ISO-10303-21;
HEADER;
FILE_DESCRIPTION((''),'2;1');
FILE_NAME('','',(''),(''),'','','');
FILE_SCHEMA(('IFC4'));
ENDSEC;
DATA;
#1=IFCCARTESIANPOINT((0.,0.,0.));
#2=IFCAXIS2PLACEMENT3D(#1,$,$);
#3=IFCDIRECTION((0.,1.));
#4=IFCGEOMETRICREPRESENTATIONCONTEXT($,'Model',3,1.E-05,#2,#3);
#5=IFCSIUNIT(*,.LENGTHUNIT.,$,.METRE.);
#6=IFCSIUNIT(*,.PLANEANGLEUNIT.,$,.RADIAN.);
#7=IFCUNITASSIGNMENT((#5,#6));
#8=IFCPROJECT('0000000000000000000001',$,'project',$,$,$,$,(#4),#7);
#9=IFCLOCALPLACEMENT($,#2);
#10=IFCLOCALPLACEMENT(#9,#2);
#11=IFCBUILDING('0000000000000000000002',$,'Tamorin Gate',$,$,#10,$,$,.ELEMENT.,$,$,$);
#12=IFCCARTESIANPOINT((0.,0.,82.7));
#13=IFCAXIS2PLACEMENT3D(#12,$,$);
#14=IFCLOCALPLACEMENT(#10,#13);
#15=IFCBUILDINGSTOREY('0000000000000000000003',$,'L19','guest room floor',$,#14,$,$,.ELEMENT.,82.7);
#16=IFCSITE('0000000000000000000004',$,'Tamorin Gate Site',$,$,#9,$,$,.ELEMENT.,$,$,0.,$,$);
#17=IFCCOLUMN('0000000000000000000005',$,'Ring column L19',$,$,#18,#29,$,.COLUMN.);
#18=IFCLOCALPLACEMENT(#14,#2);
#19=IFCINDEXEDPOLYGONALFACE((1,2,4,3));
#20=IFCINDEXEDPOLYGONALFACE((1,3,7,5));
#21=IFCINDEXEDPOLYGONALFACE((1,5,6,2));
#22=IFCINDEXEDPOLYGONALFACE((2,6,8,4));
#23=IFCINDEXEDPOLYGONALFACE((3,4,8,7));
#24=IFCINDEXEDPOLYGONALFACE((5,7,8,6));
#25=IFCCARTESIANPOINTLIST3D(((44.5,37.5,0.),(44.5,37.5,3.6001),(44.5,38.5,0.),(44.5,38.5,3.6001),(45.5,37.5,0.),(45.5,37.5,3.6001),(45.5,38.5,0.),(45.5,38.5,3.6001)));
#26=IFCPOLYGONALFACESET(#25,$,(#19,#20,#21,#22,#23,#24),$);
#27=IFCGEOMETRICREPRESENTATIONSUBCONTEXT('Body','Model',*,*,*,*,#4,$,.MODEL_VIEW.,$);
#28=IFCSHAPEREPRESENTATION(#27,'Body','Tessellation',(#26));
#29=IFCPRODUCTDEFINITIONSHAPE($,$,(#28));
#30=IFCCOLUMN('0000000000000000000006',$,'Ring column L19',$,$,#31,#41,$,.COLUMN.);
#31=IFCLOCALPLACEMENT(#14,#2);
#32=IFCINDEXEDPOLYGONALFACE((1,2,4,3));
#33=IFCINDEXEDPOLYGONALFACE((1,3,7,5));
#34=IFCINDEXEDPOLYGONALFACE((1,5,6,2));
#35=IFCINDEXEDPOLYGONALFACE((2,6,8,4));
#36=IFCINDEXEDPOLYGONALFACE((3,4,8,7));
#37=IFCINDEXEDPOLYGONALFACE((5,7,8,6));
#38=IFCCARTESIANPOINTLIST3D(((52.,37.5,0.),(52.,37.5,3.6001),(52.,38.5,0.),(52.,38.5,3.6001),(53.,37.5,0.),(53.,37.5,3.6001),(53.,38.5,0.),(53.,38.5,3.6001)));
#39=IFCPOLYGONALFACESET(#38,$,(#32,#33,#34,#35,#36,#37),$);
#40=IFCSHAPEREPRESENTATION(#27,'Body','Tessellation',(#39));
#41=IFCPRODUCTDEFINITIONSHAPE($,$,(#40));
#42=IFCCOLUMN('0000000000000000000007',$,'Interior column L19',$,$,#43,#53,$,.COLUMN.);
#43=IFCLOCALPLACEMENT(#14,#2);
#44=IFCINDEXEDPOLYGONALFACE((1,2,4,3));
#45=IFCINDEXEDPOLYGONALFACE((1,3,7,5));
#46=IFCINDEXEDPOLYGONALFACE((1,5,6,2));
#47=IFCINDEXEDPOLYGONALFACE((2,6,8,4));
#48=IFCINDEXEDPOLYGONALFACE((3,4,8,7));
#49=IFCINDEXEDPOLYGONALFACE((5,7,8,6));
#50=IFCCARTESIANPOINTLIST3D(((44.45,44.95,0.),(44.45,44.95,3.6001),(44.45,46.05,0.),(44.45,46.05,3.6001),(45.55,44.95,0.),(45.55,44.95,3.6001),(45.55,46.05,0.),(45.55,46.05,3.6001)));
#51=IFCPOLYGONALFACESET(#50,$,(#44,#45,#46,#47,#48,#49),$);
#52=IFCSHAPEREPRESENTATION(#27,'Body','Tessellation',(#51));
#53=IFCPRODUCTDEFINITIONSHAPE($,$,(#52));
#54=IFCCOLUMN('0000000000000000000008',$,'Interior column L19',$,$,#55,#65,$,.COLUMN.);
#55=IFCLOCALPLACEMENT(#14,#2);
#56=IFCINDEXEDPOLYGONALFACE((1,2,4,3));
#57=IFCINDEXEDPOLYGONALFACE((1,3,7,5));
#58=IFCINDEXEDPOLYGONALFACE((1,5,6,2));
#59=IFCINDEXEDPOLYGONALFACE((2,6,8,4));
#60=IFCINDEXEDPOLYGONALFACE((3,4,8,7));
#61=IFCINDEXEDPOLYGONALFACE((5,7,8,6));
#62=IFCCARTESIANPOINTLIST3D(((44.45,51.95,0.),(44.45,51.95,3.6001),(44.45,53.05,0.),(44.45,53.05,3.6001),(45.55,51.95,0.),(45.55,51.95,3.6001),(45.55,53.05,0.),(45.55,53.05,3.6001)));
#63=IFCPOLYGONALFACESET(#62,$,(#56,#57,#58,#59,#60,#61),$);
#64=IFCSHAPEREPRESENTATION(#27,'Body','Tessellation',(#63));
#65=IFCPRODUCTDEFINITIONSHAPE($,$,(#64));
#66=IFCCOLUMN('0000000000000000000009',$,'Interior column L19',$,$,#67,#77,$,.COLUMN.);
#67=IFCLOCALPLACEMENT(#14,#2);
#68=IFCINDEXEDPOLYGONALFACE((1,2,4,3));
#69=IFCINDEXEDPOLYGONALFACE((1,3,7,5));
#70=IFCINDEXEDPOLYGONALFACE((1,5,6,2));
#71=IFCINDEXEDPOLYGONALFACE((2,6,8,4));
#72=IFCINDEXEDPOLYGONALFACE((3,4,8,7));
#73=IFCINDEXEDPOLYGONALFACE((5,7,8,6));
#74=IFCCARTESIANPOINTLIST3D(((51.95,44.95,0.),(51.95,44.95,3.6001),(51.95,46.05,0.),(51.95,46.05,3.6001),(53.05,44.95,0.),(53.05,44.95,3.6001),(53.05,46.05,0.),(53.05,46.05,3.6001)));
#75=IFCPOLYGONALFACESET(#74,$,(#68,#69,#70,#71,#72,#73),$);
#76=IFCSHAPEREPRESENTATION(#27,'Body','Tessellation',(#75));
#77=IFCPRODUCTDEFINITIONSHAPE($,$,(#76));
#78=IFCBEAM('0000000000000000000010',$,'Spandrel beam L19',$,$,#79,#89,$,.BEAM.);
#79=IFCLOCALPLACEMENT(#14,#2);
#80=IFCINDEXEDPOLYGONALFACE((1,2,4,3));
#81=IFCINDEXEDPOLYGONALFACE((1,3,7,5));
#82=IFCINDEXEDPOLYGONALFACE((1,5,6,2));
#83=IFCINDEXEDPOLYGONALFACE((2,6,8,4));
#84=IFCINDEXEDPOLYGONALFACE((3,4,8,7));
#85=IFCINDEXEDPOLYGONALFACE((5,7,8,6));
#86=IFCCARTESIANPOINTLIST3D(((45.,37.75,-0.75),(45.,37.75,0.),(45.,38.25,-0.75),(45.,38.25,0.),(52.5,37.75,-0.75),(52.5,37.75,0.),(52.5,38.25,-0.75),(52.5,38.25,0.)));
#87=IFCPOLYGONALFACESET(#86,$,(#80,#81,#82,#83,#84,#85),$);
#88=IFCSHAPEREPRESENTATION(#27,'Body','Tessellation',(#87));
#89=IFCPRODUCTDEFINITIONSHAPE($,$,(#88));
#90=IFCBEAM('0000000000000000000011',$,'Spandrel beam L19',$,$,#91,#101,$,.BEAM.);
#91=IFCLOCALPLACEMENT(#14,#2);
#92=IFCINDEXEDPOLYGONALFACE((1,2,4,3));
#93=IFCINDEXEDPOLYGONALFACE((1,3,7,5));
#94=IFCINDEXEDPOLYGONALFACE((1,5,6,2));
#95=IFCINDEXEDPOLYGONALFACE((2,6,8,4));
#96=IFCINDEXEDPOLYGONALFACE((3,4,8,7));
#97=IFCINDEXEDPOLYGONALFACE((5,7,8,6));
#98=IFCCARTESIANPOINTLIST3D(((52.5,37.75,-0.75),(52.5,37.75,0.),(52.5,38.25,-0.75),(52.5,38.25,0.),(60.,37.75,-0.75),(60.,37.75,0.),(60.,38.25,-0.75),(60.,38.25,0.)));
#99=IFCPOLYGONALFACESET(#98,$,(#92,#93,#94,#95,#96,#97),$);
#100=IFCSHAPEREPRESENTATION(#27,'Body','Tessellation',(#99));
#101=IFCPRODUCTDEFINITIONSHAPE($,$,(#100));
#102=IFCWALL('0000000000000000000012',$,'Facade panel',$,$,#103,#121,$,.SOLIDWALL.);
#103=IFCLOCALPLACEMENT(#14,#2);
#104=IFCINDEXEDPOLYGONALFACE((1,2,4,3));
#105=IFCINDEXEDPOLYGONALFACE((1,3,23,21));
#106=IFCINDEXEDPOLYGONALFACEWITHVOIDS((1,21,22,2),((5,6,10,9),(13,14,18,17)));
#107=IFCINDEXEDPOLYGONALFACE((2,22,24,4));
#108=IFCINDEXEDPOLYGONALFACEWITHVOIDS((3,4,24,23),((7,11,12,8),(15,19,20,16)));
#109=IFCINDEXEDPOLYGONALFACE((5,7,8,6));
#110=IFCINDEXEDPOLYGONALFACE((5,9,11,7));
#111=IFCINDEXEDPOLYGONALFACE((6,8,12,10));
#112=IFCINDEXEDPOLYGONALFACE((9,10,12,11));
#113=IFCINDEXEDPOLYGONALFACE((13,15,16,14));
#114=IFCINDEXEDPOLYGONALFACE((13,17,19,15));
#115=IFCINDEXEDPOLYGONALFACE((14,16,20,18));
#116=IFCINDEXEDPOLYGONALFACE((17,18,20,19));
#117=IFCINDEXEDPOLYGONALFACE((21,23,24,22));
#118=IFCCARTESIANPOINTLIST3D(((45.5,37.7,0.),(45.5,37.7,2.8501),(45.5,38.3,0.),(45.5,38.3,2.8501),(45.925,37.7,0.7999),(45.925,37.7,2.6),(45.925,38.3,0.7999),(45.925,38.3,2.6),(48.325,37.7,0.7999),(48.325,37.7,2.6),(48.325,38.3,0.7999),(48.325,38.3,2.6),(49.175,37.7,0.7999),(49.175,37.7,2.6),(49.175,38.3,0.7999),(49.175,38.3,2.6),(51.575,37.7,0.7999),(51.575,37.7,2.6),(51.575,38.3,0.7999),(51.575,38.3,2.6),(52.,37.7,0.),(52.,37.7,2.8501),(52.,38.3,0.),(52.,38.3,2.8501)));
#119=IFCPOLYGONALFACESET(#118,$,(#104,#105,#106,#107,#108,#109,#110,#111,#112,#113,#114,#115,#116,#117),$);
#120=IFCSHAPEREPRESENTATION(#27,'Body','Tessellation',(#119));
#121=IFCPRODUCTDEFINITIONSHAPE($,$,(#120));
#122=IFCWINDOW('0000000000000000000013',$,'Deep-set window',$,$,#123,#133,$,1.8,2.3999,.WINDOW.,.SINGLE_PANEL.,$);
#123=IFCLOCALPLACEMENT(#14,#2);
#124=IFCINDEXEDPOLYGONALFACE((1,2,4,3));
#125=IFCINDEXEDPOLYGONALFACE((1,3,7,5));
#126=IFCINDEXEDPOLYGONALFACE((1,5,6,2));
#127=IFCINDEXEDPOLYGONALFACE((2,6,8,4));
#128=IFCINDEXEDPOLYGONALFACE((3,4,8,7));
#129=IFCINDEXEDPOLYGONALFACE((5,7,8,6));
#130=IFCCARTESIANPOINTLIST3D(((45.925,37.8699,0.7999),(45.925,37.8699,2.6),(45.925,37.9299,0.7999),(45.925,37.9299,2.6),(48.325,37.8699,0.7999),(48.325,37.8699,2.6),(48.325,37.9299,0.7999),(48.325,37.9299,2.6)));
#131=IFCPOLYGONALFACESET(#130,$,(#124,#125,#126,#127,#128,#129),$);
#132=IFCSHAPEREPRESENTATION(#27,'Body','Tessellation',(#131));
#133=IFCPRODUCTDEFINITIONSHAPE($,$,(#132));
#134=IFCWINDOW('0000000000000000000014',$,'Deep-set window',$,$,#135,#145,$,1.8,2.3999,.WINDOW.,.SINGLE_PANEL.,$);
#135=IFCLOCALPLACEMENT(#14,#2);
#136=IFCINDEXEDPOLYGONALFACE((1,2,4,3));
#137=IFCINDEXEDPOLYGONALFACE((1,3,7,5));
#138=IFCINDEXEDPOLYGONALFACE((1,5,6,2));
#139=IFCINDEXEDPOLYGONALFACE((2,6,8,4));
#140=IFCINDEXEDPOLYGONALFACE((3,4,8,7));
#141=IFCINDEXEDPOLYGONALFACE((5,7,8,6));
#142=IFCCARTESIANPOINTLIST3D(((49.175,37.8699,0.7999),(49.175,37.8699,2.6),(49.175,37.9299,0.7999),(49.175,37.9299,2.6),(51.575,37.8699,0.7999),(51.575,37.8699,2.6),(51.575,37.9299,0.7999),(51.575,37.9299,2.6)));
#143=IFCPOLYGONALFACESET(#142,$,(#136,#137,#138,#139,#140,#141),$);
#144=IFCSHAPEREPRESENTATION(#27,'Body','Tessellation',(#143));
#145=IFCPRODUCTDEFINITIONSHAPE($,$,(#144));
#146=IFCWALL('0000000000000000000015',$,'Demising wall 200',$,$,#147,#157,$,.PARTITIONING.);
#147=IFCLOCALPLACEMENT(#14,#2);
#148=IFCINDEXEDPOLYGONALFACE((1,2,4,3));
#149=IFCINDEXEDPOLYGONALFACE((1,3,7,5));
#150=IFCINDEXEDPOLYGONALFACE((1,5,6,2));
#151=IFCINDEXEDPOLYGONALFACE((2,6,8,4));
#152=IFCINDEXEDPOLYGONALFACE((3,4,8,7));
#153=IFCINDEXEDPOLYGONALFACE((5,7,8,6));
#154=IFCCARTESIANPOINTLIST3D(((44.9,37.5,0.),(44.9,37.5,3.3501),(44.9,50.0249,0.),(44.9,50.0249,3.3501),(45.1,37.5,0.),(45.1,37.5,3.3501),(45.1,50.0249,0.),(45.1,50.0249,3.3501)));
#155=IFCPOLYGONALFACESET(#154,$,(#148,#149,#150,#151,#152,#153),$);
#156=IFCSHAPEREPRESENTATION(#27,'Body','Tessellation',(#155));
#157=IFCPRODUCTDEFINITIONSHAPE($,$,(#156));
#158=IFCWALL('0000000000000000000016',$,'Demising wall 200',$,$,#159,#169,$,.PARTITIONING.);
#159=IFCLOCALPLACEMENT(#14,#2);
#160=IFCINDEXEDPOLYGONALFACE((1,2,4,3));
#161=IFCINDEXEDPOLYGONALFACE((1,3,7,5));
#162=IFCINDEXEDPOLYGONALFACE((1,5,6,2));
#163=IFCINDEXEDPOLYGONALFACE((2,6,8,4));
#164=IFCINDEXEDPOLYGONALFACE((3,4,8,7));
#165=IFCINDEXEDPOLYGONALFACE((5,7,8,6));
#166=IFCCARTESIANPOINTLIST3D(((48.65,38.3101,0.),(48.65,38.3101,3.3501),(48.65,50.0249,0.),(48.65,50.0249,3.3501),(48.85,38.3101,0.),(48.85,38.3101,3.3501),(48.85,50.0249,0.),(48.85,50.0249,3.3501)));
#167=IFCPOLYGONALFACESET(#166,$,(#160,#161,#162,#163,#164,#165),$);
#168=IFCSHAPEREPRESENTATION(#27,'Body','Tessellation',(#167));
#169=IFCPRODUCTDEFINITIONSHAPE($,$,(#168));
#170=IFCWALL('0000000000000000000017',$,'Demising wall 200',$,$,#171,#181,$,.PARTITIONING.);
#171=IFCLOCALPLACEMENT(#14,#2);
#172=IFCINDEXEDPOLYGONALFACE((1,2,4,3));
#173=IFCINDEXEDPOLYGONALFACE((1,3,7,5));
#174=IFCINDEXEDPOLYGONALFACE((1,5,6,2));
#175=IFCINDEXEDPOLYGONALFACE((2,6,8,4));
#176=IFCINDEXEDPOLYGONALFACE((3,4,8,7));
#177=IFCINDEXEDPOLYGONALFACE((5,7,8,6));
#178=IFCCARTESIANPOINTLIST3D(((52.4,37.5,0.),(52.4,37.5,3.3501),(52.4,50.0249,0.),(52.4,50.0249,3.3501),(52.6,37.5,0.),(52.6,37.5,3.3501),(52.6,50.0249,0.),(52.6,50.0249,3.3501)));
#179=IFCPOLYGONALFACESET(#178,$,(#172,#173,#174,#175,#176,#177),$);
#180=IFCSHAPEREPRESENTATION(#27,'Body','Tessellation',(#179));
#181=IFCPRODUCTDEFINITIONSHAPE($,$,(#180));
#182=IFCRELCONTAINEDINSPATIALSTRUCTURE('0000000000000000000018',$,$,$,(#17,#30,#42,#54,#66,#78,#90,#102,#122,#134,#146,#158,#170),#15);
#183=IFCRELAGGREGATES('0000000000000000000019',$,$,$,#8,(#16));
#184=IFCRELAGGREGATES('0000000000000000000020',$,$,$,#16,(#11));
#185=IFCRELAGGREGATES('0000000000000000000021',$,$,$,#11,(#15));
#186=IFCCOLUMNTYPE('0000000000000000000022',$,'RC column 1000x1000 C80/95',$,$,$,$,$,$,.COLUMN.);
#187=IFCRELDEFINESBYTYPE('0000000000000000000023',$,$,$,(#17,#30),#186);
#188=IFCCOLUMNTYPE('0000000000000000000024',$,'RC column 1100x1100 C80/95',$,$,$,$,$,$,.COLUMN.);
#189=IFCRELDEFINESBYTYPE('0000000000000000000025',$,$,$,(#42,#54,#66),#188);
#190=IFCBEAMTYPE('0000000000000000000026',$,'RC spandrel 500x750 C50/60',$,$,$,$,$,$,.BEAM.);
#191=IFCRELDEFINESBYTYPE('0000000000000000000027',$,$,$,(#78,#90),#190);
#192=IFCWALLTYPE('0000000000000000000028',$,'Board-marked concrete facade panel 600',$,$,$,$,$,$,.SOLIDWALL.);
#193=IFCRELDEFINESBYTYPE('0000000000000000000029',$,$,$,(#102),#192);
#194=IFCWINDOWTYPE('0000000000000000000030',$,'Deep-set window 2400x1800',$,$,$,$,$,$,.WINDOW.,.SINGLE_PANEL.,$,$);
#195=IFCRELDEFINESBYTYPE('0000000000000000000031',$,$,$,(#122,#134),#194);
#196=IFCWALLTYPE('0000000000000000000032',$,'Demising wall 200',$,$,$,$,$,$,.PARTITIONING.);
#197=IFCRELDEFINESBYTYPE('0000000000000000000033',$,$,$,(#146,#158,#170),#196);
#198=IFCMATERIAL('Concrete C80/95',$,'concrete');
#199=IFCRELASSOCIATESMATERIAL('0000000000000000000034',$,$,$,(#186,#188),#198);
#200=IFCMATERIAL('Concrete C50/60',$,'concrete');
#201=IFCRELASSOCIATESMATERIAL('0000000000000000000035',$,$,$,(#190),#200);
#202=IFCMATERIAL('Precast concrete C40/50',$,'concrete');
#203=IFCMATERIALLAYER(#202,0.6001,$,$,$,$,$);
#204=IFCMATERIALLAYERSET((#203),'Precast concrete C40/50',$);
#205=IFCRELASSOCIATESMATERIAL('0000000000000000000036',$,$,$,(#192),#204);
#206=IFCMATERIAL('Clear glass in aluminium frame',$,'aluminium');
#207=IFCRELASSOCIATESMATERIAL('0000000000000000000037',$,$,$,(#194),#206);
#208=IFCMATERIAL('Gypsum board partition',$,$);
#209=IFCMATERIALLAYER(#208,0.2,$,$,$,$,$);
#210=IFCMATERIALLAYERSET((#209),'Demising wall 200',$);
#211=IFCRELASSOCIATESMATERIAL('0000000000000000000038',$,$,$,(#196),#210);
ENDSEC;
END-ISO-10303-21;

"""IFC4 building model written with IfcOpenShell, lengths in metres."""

from ifc_helpers import new_model, si_unit, direction, frame, frame_2d, origin, origin_2d, place, context, subcontext, project, spatial, rectangle, extrude, material, layer, layer_set, material_profile, profile_set, type_object, element, fill, save


model = new_model("IFC4")

# Units and contexts
model_context = context("Model", 3, precision=1e-05, world=origin(), true_north=direction((0.0, 1.0)))
body_context = subcontext(model_context, "Body", "Model", "MODEL_VIEW")
ifc_project = project(units=[si_unit("LENGTHUNIT", "METRE"), si_unit("PLANEANGLEUNIT", "RADIAN")], contexts=[model_context])

# Site, building, storey
site_placement = place(None, origin())
site = spatial("IfcSite", under=ifc_project, at=site_placement, Name="Tamorin Gate Site", CompositionType="ELEMENT", RefElevation=0.0)
building_placement = place(site_placement, origin())
building = spatial("IfcBuilding", under=site, at=building_placement, Name="Tamorin Gate", CompositionType="ELEMENT")
storey_placement = place(building_placement, frame((0.0, 0.0, 82.7)))
storey = spatial("IfcBuildingStorey", under=building, at=storey_placement, Name="L19", Description="guest room floor", CompositionType="ELEMENT", Elevation=82.7)

# Columns
ifc_material_1 = material(Name="Concrete C80/95", Category="concrete")
ifc_material_profile_1 = material_profile(ifc_material_1, rectangle(XDim=1.0, YDim=1.0, at=origin_2d()), Name="RC 1000x1000")
ifc_profile_set_1 = profile_set([ifc_material_profile_1], Name="Concrete C80/95")
column_type_1 = type_object("IfcColumnType", Name="RC column 1000x1000 C80/95", PredefinedType="COLUMN", material=ifc_profile_set_1)
for number, where, z_axis, x_axis, name in (
    (1, (45.0, 38.0, 0.0), (0.0, 0.0, 1.0), (1.0, 0.0, 0.0), "Ring column L19"),
    (2, (52.5, 38.0, 0.0), (0.0, 0.0, 1.0), (1.0, 0.0, 0.0), "Ring column L19"),
):
    element("IfcColumn", number, at=place(storey_placement, frame(where, z_axis=z_axis, x_axis=x_axis)), inside=storey, type_object=column_type_1, Name=name, PredefinedType="COLUMN", context=body_context, shape_type="SweptSolid", body=[
        extrude(rectangle(XDim=1.0, YDim=1.0, at=origin_2d()), origin(), (0.0, 0.0, 1.0), 3.6001),
    ])
ifc_material_profile_2 = material_profile(ifc_material_1, rectangle(XDim=1.1001, YDim=1.1001, at=origin_2d()), Name="RC 1100x1100")
ifc_profile_set_2 = profile_set([ifc_material_profile_2], Name="Concrete C80/95")
column_type_2 = type_object("IfcColumnType", Name="RC column 1100x1100 C80/95", PredefinedType="COLUMN", material=ifc_profile_set_2)
for number, where, z_axis, x_axis, name in (
    (3, (45.0, 45.5, 0.0), (0.0, 0.0, 1.0), (1.0, 0.0, 0.0), "Interior column L19"),
    (4, (45.0, 52.5, 0.0), (0.0, 0.0, 1.0), (1.0, 0.0, 0.0), "Interior column L19"),
    (5, (52.5, 45.5, 0.0), (0.0, 0.0, 1.0), (1.0, 0.0, 0.0), "Interior column L19"),
):
    element("IfcColumn", number, at=place(storey_placement, frame(where, z_axis=z_axis, x_axis=x_axis)), inside=storey, type_object=column_type_2, Name=name, PredefinedType="COLUMN", context=body_context, shape_type="SweptSolid", body=[
        extrude(rectangle(XDim=1.1001, YDim=1.1001, at=origin_2d()), origin(), (0.0, 0.0, 1.0), 3.6001),
    ])

# Beams
ifc_material_2 = material(Name="Concrete C50/60", Category="concrete")
ifc_material_profile_3 = material_profile(ifc_material_2, rectangle(XDim=0.5, YDim=0.75, at=origin_2d()), Name="RC 500x750")
ifc_profile_set_3 = profile_set([ifc_material_profile_3], Name="Concrete C50/60")
beam_type = type_object("IfcBeamType", Name="RC spandrel 500x750 C50/60", PredefinedType="BEAM", material=ifc_profile_set_3)
for number, where, z_axis, x_axis, name in (
    (6, (45.0, 38.0, -0.375), (1.0, 0.0, 0.0), (0.0, 1.0, 0.0), "Spandrel beam L19"),
    (7, (52.5, 38.0, -0.375), (1.0, 0.0, 0.0), (0.0, 1.0, 0.0), "Spandrel beam L19"),
):
    element("IfcBeam", number, at=place(storey_placement, frame(where, z_axis=z_axis, x_axis=x_axis)), inside=storey, type_object=beam_type, Name=name, PredefinedType="BEAM", context=body_context, shape_type="SweptSolid", body=[
        extrude(rectangle(XDim=0.5, YDim=0.75, at=origin_2d()), origin(), (0.0, 0.0, 1.0), 7.5),
    ])

# Wall, openings, windows
ifc_material_3 = material(Name="Precast concrete C40/50", Category="concrete")
ifc_layer_1 = layer(ifc_material_3, 0.6001)
ifc_layer_set_1 = layer_set([ifc_layer_1], Name="Precast concrete C40/50")
wall_type_1 = type_object("IfcWallType", Name="Board-marked concrete facade panel 600", PredefinedType="SOLIDWALL", material=ifc_layer_set_1)
wall_1_placement = place(storey_placement, frame((45.5, 38.0, 0.0), z_axis=(0.0, 0.0, 1.0), x_axis=(1.0, 0.0, 0.0)))
wall_1 = element("IfcWall", 8, at=wall_1_placement, inside=storey, type_object=wall_type_1, Name="Facade panel", PredefinedType="SOLIDWALL", context=body_context, shape_type="SweptSolid", body=[
    extrude(rectangle(XDim=6.5, YDim=0.6001, at=frame_2d((3.25, 0.0))), origin(), (0.0, 0.0, 1.0), 2.8501),
])
opening_1_placement = place(wall_1_placement, frame((0.425, 0.0, 0.8)))
opening_1 = element("IfcOpeningElement", 9, at=opening_1_placement, cuts=wall_1, PredefinedType="OPENING", context=body_context, shape_type="SweptSolid", body=[
    extrude(rectangle(XDim=2.3999, YDim=1.8, at=frame_2d((1.2, 0.8999))), frame((0.0, 0.3101, 0.0), z_axis=(0.0, -1.0, 0.0), x_axis=(1.0, 0.0, 0.0)), (0.0, 0.0, 1.0), 0.6201),
])
opening_2_placement = place(wall_1_placement, frame((3.675, 0.0, 0.8)))
opening_2 = element("IfcOpeningElement", 10, at=opening_2_placement, cuts=wall_1, PredefinedType="OPENING", context=body_context, shape_type="SweptSolid", body=[
    extrude(rectangle(XDim=2.3999, YDim=1.8, at=frame_2d((1.2, 0.8999))), frame((0.0, 0.3101, 0.0), z_axis=(0.0, -1.0, 0.0), x_axis=(1.0, 0.0, 0.0)), (0.0, 0.0, 1.0), 0.6201),
])
ifc_material_4 = material(Name="Clear glass in aluminium frame", Category="aluminium")
window_type = type_object("IfcWindowType", Name="Deep-set window 2400x1800", PartitioningType="SINGLE_PANEL", PredefinedType="WINDOW", material=ifc_material_4)
window_1_placement = place(opening_1_placement, origin())
window_1 = element("IfcWindow", 11, at=window_1_placement, inside=storey, type_object=window_type, Name="Deep-set window", OverallHeight=1.8, OverallWidth=2.3999, PartitioningType="SINGLE_PANEL", PredefinedType="WINDOW", context=body_context, shape_type="SweptSolid", body=[
    extrude(rectangle(XDim=2.3999, YDim=1.8, at=frame_2d((1.2, 0.8999))), frame((0.0, -0.0701, 0.0), z_axis=(0.0, -1.0, 0.0), x_axis=(1.0, 0.0, 0.0)), (0.0, 0.0, 1.0), 0.0601),
])
fill(opening_1, window_1)
window_2_placement = place(opening_2_placement, origin())
window_2 = element("IfcWindow", 12, at=window_2_placement, inside=storey, type_object=window_type, Name="Deep-set window", OverallHeight=1.8, OverallWidth=2.3999, PartitioningType="SINGLE_PANEL", PredefinedType="WINDOW", context=body_context, shape_type="SweptSolid", body=[
    extrude(rectangle(XDim=2.3999, YDim=1.8, at=frame_2d((1.2, 0.8999))), frame((0.0, -0.0701, 0.0), z_axis=(0.0, -1.0, 0.0), x_axis=(1.0, 0.0, 0.0)), (0.0, 0.0, 1.0), 0.0601),
])
fill(opening_2, window_2)

# Walls
ifc_material_5 = material(Name="Gypsum board partition")
ifc_layer_2 = layer(ifc_material_5, 0.2)
ifc_layer_set_2 = layer_set([ifc_layer_2], Name="Demising wall 200")
wall_type_2 = type_object("IfcWallType", Name="Demising wall 200", PredefinedType="PARTITIONING", material=ifc_layer_set_2)
wall_2_placement = place(storey_placement, frame((45.0, 37.5, 0.0), z_axis=(0.0, 0.0, 1.0), x_axis=(0.0, 1.0, 0.0)))
element("IfcWall", 13, at=wall_2_placement, inside=storey, type_object=wall_type_2, Name="Demising wall 200", PredefinedType="PARTITIONING", context=body_context, shape_type="SweptSolid", body=[
    extrude(rectangle(XDim=12.5249, YDim=0.2, at=frame_2d((6.2625, 0.0))), origin(), (0.0, 0.0, 1.0), 3.3501),
])
wall_3_placement = place(storey_placement, frame((48.75, 38.3101, 0.0), z_axis=(0.0, 0.0, 1.0), x_axis=(0.0, 1.0, 0.0)))
element("IfcWall", 14, at=wall_3_placement, inside=storey, type_object=wall_type_2, Name="Demising wall 200", PredefinedType="PARTITIONING", context=body_context, shape_type="SweptSolid", body=[
    extrude(rectangle(XDim=11.7148, YDim=0.2, at=frame_2d((5.8574, 0.0))), origin(), (0.0, 0.0, 1.0), 3.3501),
])
wall_4_placement = place(storey_placement, frame((52.5, 37.5, 0.0), z_axis=(0.0, 0.0, 1.0), x_axis=(0.0, 1.0, 0.0)))
element("IfcWall", 15, at=wall_4_placement, inside=storey, type_object=wall_type_2, Name="Demising wall 200", PredefinedType="PARTITIONING", context=body_context, shape_type="SweptSolid", body=[
    extrude(rectangle(XDim=12.5249, YDim=0.2, at=frame_2d((6.2625, 0.0))), origin(), (0.0, 0.0, 1.0), 3.3501),
])

save(model, "model.ifc")
